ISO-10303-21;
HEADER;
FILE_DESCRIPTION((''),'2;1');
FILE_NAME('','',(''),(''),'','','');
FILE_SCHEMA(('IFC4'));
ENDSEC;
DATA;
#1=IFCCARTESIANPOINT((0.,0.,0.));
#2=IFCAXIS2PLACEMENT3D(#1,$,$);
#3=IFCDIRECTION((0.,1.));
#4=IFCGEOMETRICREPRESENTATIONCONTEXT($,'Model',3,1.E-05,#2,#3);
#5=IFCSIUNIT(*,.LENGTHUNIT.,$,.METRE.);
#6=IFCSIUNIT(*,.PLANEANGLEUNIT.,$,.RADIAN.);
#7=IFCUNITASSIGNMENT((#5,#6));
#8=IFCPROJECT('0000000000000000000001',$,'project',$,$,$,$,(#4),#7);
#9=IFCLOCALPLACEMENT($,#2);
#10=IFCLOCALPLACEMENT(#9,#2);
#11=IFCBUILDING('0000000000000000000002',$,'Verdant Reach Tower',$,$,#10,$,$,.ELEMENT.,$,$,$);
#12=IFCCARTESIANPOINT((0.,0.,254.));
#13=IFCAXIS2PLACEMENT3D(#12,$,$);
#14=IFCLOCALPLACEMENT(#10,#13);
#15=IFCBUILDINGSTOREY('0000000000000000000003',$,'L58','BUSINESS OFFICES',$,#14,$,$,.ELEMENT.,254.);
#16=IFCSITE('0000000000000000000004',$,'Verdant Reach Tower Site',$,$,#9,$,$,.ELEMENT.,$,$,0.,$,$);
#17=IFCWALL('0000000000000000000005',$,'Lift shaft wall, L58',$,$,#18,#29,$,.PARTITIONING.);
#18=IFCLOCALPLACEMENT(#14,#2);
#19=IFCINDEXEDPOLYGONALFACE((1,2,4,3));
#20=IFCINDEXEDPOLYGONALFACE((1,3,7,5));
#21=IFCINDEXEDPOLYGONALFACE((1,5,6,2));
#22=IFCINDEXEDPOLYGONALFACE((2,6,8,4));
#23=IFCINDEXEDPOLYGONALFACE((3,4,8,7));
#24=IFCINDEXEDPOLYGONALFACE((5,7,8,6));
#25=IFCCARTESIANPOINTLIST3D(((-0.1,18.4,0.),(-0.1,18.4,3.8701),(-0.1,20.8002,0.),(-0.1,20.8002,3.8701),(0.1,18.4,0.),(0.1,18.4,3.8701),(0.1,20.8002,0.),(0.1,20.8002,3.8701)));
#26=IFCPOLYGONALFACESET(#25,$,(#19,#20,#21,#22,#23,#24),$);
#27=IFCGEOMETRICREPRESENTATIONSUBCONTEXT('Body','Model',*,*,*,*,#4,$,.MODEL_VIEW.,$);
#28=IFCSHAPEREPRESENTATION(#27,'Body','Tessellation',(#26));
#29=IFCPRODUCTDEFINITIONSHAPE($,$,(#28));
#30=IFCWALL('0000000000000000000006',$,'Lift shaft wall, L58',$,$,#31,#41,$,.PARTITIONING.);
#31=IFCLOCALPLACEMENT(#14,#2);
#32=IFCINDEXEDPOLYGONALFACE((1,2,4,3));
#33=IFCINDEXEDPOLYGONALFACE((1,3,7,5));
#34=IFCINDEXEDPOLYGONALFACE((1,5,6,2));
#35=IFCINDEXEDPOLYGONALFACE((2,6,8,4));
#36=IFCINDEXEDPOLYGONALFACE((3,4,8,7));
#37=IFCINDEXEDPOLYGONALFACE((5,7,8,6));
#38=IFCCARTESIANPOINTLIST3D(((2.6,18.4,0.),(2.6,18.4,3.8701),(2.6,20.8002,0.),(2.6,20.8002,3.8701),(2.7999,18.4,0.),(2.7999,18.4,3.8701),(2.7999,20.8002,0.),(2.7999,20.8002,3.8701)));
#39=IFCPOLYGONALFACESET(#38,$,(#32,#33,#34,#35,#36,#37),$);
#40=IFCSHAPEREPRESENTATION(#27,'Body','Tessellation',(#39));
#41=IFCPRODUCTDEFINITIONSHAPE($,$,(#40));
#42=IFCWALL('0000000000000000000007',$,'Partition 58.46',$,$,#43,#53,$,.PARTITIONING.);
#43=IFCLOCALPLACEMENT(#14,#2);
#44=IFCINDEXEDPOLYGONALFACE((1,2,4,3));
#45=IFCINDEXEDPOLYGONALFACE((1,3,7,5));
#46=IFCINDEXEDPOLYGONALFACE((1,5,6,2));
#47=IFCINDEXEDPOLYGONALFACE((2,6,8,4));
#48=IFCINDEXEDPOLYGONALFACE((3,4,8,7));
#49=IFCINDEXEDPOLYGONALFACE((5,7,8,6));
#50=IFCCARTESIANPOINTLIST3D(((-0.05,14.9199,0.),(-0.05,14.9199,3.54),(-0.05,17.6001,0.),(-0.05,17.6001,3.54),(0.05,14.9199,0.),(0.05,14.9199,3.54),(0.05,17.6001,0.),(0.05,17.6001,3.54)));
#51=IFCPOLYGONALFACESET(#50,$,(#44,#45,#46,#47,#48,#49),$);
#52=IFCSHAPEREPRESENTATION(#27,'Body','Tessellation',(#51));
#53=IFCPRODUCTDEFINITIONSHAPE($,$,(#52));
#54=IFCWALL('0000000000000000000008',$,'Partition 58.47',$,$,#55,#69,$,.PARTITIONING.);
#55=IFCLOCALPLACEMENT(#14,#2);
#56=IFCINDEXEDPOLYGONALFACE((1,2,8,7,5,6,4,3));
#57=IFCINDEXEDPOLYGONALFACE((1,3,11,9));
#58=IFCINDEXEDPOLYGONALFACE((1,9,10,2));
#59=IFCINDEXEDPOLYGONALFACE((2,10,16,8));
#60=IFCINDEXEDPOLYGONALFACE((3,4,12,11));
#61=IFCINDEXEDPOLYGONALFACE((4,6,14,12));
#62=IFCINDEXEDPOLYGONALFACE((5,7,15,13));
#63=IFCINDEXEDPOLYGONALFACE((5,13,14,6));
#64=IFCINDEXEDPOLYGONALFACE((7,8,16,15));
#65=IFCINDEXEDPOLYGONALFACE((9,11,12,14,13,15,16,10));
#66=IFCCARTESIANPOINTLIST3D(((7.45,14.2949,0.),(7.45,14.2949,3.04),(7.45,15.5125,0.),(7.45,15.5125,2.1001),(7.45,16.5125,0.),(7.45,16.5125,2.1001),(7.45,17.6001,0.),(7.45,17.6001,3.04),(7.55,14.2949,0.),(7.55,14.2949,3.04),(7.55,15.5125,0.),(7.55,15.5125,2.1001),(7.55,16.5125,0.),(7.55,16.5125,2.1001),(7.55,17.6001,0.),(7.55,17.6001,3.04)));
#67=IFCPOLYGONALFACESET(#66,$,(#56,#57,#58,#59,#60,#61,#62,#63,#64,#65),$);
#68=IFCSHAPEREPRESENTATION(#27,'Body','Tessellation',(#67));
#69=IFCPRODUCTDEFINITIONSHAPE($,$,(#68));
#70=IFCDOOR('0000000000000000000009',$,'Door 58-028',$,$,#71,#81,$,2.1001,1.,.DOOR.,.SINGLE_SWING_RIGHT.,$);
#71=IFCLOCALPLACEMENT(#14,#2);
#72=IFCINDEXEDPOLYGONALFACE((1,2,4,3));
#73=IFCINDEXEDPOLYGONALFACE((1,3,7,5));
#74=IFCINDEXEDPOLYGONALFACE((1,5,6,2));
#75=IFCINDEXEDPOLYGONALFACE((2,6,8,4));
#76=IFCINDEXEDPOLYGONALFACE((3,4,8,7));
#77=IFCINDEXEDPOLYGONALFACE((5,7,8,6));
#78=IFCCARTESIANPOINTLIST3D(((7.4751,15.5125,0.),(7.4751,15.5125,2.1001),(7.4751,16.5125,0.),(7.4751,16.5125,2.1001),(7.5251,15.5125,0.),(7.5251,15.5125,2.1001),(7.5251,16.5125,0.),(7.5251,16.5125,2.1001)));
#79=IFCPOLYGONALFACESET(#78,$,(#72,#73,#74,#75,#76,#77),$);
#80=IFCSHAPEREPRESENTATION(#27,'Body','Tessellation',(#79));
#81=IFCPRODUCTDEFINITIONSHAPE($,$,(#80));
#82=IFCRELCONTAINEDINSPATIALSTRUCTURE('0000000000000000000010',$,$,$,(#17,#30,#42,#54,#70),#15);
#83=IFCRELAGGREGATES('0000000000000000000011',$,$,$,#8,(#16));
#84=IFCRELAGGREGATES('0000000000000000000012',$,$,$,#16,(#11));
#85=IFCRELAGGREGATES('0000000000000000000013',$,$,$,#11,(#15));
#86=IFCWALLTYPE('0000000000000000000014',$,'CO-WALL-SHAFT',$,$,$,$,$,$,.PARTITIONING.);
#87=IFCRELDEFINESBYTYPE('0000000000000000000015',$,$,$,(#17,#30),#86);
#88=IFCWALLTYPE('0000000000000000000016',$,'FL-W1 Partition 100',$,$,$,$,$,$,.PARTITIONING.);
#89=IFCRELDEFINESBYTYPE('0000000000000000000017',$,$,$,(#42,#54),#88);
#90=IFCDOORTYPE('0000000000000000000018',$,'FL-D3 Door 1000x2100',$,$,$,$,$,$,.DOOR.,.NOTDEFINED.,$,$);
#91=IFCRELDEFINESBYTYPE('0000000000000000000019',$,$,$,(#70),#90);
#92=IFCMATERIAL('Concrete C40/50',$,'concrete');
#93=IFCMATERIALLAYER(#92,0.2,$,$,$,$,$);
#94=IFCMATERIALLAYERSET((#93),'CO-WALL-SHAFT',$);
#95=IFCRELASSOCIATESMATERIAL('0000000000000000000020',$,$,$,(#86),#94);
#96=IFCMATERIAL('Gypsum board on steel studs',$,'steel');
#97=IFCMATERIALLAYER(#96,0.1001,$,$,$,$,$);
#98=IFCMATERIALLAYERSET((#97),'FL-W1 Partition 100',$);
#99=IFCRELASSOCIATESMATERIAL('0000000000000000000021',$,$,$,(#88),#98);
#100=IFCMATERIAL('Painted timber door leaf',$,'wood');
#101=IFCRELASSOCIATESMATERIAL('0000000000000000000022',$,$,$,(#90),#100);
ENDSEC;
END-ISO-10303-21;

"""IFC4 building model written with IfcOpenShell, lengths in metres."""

from ifc_helpers import new_model, si_unit, direction, frame, frame_2d, origin, place, context, subcontext, project, spatial, rectangle, extrude, material, layer, layer_set, type_object, element, fill, save


model = new_model("IFC4")

# Units and contexts
model_context = context("Model", 3, precision=1e-05, world=origin(), true_north=direction((0.0, 1.0)))
body_context = subcontext(model_context, "Body", "Model", "MODEL_VIEW")
ifc_project = project(units=[si_unit("LENGTHUNIT", "METRE"), si_unit("PLANEANGLEUNIT", "RADIAN")], contexts=[model_context])

# Site, building, storey
site_placement = place(None, origin())
site = spatial("IfcSite", under=ifc_project, at=site_placement, Name="Verdant Reach Tower Site", CompositionType="ELEMENT", RefElevation=0.0)
building_placement = place(site_placement, origin())
building = spatial("IfcBuilding", under=site, at=building_placement, Name="Verdant Reach Tower", CompositionType="ELEMENT")
storey_placement = place(building_placement, frame((0.0, 0.0, 254.0)))
storey = spatial("IfcBuildingStorey", under=building, at=storey_placement, Name="L58", Description="BUSINESS OFFICES", CompositionType="ELEMENT", Elevation=254.0)

# Shared definitions
ifc_material_1 = material(Name="Concrete C40/50", Category="concrete")

# Walls
ifc_layer_1 = layer(ifc_material_1, 0.2)
ifc_layer_set_1 = layer_set([ifc_layer_1], Name="CO-WALL-SHAFT")
wall_type_1 = type_object("IfcWallType", Name="CO-WALL-SHAFT", PredefinedType="PARTITIONING", material=ifc_layer_set_1)
for number, where, z_axis, x_axis, name in (
    (1, (0.0, 18.3999, 0.0), (0.0, 0.0, 1.0), (0.0, 1.0, 0.0), "Lift shaft wall, L58"),
    (2, (2.7, 18.3999, 0.0), (0.0, 0.0, 1.0), (0.0, 1.0, 0.0), "Lift shaft wall, L58"),
):
    element("IfcWall", number, at=place(storey_placement, frame(where, z_axis=z_axis, x_axis=x_axis)), inside=storey, type_object=wall_type_1, Name=name, PredefinedType="PARTITIONING", context=body_context, shape_type="SweptSolid", body=[
        extrude(rectangle(XDim=2.4001, YDim=0.2, at=frame_2d((1.2002, 0.0))), origin(), (0.0, 0.0, 1.0), 3.8701),
    ])
ifc_material_2 = material(Name="Gypsum board on steel studs", Category="steel")
ifc_layer_2 = layer(ifc_material_2, 0.1001)
ifc_layer_set_2 = layer_set([ifc_layer_2], Name="FL-W1 Partition 100")
wall_type_2 = type_object("IfcWallType", Name="FL-W1 Partition 100", PredefinedType="PARTITIONING", material=ifc_layer_set_2)
wall_1_placement = place(storey_placement, frame((0.0, 14.9199, 0.0), z_axis=(0.0, 0.0, 1.0), x_axis=(0.0, 1.0, 0.0)))
element("IfcWall", 3, at=wall_1_placement, inside=storey, type_object=wall_type_2, Name="Partition 58.46", PredefinedType="PARTITIONING", context=body_context, shape_type="SweptSolid", body=[
    extrude(rectangle(XDim=2.6802, YDim=0.1001, at=frame_2d((1.3401, 0.0))), origin(), (0.0, 0.0, 1.0), 3.54),
])

# Wall, opening, door
wall_2_placement = place(storey_placement, frame((7.5, 14.2949, 0.0), z_axis=(0.0, 0.0, 1.0), x_axis=(0.0, 1.0, 0.0)))
wall_2 = element("IfcWall", 4, at=wall_2_placement, inside=storey, type_object=wall_type_2, Name="Partition 58.47", PredefinedType="PARTITIONING", context=body_context, shape_type="SweptSolid", body=[
    extrude(rectangle(XDim=3.3052, YDim=0.1001, at=frame_2d((1.6526, 0.0))), origin(), (0.0, 0.0, 1.0), 3.04),
])
opening_placement = place(wall_2_placement, frame((1.2175, 0.0, 0.0)))
opening = element("IfcOpeningElement", 5, at=opening_placement, cuts=wall_2, PredefinedType="OPENING", context=body_context, shape_type="SweptSolid", body=[
    extrude(rectangle(XDim=1.0, YDim=2.1001, at=frame_2d((0.5, 1.05))), frame((0.0, 0.0601, 0.0), z_axis=(0.0, -1.0, 0.0), x_axis=(1.0, 0.0, 0.0)), (0.0, 0.0, 1.0), 0.1201),
])
ifc_material_3 = material(Name="Painted timber door leaf", Category="wood")
door_type = type_object("IfcDoorType", Name="FL-D3 Door 1000x2100", OperationType="NOTDEFINED", PredefinedType="DOOR", material=ifc_material_3)
door_placement = place(opening_placement, origin())
door = element("IfcDoor", 6, at=door_placement, inside=storey, type_object=door_type, Name="Door 58-028", OperationType="SINGLE_SWING_RIGHT", OverallHeight=2.1001, OverallWidth=1.0, PredefinedType="DOOR", context=body_context, shape_type="SweptSolid", body=[
    extrude(rectangle(XDim=1.0, YDim=2.1001, at=frame_2d((0.5, 1.05))), frame((0.0, 0.0249, 0.0), z_axis=(0.0, -1.0, 0.0), x_axis=(1.0, 0.0, 0.0)), (0.0, 0.0, 1.0), 0.05),
])
fill(opening, door)

save(model, "model.ifc")
